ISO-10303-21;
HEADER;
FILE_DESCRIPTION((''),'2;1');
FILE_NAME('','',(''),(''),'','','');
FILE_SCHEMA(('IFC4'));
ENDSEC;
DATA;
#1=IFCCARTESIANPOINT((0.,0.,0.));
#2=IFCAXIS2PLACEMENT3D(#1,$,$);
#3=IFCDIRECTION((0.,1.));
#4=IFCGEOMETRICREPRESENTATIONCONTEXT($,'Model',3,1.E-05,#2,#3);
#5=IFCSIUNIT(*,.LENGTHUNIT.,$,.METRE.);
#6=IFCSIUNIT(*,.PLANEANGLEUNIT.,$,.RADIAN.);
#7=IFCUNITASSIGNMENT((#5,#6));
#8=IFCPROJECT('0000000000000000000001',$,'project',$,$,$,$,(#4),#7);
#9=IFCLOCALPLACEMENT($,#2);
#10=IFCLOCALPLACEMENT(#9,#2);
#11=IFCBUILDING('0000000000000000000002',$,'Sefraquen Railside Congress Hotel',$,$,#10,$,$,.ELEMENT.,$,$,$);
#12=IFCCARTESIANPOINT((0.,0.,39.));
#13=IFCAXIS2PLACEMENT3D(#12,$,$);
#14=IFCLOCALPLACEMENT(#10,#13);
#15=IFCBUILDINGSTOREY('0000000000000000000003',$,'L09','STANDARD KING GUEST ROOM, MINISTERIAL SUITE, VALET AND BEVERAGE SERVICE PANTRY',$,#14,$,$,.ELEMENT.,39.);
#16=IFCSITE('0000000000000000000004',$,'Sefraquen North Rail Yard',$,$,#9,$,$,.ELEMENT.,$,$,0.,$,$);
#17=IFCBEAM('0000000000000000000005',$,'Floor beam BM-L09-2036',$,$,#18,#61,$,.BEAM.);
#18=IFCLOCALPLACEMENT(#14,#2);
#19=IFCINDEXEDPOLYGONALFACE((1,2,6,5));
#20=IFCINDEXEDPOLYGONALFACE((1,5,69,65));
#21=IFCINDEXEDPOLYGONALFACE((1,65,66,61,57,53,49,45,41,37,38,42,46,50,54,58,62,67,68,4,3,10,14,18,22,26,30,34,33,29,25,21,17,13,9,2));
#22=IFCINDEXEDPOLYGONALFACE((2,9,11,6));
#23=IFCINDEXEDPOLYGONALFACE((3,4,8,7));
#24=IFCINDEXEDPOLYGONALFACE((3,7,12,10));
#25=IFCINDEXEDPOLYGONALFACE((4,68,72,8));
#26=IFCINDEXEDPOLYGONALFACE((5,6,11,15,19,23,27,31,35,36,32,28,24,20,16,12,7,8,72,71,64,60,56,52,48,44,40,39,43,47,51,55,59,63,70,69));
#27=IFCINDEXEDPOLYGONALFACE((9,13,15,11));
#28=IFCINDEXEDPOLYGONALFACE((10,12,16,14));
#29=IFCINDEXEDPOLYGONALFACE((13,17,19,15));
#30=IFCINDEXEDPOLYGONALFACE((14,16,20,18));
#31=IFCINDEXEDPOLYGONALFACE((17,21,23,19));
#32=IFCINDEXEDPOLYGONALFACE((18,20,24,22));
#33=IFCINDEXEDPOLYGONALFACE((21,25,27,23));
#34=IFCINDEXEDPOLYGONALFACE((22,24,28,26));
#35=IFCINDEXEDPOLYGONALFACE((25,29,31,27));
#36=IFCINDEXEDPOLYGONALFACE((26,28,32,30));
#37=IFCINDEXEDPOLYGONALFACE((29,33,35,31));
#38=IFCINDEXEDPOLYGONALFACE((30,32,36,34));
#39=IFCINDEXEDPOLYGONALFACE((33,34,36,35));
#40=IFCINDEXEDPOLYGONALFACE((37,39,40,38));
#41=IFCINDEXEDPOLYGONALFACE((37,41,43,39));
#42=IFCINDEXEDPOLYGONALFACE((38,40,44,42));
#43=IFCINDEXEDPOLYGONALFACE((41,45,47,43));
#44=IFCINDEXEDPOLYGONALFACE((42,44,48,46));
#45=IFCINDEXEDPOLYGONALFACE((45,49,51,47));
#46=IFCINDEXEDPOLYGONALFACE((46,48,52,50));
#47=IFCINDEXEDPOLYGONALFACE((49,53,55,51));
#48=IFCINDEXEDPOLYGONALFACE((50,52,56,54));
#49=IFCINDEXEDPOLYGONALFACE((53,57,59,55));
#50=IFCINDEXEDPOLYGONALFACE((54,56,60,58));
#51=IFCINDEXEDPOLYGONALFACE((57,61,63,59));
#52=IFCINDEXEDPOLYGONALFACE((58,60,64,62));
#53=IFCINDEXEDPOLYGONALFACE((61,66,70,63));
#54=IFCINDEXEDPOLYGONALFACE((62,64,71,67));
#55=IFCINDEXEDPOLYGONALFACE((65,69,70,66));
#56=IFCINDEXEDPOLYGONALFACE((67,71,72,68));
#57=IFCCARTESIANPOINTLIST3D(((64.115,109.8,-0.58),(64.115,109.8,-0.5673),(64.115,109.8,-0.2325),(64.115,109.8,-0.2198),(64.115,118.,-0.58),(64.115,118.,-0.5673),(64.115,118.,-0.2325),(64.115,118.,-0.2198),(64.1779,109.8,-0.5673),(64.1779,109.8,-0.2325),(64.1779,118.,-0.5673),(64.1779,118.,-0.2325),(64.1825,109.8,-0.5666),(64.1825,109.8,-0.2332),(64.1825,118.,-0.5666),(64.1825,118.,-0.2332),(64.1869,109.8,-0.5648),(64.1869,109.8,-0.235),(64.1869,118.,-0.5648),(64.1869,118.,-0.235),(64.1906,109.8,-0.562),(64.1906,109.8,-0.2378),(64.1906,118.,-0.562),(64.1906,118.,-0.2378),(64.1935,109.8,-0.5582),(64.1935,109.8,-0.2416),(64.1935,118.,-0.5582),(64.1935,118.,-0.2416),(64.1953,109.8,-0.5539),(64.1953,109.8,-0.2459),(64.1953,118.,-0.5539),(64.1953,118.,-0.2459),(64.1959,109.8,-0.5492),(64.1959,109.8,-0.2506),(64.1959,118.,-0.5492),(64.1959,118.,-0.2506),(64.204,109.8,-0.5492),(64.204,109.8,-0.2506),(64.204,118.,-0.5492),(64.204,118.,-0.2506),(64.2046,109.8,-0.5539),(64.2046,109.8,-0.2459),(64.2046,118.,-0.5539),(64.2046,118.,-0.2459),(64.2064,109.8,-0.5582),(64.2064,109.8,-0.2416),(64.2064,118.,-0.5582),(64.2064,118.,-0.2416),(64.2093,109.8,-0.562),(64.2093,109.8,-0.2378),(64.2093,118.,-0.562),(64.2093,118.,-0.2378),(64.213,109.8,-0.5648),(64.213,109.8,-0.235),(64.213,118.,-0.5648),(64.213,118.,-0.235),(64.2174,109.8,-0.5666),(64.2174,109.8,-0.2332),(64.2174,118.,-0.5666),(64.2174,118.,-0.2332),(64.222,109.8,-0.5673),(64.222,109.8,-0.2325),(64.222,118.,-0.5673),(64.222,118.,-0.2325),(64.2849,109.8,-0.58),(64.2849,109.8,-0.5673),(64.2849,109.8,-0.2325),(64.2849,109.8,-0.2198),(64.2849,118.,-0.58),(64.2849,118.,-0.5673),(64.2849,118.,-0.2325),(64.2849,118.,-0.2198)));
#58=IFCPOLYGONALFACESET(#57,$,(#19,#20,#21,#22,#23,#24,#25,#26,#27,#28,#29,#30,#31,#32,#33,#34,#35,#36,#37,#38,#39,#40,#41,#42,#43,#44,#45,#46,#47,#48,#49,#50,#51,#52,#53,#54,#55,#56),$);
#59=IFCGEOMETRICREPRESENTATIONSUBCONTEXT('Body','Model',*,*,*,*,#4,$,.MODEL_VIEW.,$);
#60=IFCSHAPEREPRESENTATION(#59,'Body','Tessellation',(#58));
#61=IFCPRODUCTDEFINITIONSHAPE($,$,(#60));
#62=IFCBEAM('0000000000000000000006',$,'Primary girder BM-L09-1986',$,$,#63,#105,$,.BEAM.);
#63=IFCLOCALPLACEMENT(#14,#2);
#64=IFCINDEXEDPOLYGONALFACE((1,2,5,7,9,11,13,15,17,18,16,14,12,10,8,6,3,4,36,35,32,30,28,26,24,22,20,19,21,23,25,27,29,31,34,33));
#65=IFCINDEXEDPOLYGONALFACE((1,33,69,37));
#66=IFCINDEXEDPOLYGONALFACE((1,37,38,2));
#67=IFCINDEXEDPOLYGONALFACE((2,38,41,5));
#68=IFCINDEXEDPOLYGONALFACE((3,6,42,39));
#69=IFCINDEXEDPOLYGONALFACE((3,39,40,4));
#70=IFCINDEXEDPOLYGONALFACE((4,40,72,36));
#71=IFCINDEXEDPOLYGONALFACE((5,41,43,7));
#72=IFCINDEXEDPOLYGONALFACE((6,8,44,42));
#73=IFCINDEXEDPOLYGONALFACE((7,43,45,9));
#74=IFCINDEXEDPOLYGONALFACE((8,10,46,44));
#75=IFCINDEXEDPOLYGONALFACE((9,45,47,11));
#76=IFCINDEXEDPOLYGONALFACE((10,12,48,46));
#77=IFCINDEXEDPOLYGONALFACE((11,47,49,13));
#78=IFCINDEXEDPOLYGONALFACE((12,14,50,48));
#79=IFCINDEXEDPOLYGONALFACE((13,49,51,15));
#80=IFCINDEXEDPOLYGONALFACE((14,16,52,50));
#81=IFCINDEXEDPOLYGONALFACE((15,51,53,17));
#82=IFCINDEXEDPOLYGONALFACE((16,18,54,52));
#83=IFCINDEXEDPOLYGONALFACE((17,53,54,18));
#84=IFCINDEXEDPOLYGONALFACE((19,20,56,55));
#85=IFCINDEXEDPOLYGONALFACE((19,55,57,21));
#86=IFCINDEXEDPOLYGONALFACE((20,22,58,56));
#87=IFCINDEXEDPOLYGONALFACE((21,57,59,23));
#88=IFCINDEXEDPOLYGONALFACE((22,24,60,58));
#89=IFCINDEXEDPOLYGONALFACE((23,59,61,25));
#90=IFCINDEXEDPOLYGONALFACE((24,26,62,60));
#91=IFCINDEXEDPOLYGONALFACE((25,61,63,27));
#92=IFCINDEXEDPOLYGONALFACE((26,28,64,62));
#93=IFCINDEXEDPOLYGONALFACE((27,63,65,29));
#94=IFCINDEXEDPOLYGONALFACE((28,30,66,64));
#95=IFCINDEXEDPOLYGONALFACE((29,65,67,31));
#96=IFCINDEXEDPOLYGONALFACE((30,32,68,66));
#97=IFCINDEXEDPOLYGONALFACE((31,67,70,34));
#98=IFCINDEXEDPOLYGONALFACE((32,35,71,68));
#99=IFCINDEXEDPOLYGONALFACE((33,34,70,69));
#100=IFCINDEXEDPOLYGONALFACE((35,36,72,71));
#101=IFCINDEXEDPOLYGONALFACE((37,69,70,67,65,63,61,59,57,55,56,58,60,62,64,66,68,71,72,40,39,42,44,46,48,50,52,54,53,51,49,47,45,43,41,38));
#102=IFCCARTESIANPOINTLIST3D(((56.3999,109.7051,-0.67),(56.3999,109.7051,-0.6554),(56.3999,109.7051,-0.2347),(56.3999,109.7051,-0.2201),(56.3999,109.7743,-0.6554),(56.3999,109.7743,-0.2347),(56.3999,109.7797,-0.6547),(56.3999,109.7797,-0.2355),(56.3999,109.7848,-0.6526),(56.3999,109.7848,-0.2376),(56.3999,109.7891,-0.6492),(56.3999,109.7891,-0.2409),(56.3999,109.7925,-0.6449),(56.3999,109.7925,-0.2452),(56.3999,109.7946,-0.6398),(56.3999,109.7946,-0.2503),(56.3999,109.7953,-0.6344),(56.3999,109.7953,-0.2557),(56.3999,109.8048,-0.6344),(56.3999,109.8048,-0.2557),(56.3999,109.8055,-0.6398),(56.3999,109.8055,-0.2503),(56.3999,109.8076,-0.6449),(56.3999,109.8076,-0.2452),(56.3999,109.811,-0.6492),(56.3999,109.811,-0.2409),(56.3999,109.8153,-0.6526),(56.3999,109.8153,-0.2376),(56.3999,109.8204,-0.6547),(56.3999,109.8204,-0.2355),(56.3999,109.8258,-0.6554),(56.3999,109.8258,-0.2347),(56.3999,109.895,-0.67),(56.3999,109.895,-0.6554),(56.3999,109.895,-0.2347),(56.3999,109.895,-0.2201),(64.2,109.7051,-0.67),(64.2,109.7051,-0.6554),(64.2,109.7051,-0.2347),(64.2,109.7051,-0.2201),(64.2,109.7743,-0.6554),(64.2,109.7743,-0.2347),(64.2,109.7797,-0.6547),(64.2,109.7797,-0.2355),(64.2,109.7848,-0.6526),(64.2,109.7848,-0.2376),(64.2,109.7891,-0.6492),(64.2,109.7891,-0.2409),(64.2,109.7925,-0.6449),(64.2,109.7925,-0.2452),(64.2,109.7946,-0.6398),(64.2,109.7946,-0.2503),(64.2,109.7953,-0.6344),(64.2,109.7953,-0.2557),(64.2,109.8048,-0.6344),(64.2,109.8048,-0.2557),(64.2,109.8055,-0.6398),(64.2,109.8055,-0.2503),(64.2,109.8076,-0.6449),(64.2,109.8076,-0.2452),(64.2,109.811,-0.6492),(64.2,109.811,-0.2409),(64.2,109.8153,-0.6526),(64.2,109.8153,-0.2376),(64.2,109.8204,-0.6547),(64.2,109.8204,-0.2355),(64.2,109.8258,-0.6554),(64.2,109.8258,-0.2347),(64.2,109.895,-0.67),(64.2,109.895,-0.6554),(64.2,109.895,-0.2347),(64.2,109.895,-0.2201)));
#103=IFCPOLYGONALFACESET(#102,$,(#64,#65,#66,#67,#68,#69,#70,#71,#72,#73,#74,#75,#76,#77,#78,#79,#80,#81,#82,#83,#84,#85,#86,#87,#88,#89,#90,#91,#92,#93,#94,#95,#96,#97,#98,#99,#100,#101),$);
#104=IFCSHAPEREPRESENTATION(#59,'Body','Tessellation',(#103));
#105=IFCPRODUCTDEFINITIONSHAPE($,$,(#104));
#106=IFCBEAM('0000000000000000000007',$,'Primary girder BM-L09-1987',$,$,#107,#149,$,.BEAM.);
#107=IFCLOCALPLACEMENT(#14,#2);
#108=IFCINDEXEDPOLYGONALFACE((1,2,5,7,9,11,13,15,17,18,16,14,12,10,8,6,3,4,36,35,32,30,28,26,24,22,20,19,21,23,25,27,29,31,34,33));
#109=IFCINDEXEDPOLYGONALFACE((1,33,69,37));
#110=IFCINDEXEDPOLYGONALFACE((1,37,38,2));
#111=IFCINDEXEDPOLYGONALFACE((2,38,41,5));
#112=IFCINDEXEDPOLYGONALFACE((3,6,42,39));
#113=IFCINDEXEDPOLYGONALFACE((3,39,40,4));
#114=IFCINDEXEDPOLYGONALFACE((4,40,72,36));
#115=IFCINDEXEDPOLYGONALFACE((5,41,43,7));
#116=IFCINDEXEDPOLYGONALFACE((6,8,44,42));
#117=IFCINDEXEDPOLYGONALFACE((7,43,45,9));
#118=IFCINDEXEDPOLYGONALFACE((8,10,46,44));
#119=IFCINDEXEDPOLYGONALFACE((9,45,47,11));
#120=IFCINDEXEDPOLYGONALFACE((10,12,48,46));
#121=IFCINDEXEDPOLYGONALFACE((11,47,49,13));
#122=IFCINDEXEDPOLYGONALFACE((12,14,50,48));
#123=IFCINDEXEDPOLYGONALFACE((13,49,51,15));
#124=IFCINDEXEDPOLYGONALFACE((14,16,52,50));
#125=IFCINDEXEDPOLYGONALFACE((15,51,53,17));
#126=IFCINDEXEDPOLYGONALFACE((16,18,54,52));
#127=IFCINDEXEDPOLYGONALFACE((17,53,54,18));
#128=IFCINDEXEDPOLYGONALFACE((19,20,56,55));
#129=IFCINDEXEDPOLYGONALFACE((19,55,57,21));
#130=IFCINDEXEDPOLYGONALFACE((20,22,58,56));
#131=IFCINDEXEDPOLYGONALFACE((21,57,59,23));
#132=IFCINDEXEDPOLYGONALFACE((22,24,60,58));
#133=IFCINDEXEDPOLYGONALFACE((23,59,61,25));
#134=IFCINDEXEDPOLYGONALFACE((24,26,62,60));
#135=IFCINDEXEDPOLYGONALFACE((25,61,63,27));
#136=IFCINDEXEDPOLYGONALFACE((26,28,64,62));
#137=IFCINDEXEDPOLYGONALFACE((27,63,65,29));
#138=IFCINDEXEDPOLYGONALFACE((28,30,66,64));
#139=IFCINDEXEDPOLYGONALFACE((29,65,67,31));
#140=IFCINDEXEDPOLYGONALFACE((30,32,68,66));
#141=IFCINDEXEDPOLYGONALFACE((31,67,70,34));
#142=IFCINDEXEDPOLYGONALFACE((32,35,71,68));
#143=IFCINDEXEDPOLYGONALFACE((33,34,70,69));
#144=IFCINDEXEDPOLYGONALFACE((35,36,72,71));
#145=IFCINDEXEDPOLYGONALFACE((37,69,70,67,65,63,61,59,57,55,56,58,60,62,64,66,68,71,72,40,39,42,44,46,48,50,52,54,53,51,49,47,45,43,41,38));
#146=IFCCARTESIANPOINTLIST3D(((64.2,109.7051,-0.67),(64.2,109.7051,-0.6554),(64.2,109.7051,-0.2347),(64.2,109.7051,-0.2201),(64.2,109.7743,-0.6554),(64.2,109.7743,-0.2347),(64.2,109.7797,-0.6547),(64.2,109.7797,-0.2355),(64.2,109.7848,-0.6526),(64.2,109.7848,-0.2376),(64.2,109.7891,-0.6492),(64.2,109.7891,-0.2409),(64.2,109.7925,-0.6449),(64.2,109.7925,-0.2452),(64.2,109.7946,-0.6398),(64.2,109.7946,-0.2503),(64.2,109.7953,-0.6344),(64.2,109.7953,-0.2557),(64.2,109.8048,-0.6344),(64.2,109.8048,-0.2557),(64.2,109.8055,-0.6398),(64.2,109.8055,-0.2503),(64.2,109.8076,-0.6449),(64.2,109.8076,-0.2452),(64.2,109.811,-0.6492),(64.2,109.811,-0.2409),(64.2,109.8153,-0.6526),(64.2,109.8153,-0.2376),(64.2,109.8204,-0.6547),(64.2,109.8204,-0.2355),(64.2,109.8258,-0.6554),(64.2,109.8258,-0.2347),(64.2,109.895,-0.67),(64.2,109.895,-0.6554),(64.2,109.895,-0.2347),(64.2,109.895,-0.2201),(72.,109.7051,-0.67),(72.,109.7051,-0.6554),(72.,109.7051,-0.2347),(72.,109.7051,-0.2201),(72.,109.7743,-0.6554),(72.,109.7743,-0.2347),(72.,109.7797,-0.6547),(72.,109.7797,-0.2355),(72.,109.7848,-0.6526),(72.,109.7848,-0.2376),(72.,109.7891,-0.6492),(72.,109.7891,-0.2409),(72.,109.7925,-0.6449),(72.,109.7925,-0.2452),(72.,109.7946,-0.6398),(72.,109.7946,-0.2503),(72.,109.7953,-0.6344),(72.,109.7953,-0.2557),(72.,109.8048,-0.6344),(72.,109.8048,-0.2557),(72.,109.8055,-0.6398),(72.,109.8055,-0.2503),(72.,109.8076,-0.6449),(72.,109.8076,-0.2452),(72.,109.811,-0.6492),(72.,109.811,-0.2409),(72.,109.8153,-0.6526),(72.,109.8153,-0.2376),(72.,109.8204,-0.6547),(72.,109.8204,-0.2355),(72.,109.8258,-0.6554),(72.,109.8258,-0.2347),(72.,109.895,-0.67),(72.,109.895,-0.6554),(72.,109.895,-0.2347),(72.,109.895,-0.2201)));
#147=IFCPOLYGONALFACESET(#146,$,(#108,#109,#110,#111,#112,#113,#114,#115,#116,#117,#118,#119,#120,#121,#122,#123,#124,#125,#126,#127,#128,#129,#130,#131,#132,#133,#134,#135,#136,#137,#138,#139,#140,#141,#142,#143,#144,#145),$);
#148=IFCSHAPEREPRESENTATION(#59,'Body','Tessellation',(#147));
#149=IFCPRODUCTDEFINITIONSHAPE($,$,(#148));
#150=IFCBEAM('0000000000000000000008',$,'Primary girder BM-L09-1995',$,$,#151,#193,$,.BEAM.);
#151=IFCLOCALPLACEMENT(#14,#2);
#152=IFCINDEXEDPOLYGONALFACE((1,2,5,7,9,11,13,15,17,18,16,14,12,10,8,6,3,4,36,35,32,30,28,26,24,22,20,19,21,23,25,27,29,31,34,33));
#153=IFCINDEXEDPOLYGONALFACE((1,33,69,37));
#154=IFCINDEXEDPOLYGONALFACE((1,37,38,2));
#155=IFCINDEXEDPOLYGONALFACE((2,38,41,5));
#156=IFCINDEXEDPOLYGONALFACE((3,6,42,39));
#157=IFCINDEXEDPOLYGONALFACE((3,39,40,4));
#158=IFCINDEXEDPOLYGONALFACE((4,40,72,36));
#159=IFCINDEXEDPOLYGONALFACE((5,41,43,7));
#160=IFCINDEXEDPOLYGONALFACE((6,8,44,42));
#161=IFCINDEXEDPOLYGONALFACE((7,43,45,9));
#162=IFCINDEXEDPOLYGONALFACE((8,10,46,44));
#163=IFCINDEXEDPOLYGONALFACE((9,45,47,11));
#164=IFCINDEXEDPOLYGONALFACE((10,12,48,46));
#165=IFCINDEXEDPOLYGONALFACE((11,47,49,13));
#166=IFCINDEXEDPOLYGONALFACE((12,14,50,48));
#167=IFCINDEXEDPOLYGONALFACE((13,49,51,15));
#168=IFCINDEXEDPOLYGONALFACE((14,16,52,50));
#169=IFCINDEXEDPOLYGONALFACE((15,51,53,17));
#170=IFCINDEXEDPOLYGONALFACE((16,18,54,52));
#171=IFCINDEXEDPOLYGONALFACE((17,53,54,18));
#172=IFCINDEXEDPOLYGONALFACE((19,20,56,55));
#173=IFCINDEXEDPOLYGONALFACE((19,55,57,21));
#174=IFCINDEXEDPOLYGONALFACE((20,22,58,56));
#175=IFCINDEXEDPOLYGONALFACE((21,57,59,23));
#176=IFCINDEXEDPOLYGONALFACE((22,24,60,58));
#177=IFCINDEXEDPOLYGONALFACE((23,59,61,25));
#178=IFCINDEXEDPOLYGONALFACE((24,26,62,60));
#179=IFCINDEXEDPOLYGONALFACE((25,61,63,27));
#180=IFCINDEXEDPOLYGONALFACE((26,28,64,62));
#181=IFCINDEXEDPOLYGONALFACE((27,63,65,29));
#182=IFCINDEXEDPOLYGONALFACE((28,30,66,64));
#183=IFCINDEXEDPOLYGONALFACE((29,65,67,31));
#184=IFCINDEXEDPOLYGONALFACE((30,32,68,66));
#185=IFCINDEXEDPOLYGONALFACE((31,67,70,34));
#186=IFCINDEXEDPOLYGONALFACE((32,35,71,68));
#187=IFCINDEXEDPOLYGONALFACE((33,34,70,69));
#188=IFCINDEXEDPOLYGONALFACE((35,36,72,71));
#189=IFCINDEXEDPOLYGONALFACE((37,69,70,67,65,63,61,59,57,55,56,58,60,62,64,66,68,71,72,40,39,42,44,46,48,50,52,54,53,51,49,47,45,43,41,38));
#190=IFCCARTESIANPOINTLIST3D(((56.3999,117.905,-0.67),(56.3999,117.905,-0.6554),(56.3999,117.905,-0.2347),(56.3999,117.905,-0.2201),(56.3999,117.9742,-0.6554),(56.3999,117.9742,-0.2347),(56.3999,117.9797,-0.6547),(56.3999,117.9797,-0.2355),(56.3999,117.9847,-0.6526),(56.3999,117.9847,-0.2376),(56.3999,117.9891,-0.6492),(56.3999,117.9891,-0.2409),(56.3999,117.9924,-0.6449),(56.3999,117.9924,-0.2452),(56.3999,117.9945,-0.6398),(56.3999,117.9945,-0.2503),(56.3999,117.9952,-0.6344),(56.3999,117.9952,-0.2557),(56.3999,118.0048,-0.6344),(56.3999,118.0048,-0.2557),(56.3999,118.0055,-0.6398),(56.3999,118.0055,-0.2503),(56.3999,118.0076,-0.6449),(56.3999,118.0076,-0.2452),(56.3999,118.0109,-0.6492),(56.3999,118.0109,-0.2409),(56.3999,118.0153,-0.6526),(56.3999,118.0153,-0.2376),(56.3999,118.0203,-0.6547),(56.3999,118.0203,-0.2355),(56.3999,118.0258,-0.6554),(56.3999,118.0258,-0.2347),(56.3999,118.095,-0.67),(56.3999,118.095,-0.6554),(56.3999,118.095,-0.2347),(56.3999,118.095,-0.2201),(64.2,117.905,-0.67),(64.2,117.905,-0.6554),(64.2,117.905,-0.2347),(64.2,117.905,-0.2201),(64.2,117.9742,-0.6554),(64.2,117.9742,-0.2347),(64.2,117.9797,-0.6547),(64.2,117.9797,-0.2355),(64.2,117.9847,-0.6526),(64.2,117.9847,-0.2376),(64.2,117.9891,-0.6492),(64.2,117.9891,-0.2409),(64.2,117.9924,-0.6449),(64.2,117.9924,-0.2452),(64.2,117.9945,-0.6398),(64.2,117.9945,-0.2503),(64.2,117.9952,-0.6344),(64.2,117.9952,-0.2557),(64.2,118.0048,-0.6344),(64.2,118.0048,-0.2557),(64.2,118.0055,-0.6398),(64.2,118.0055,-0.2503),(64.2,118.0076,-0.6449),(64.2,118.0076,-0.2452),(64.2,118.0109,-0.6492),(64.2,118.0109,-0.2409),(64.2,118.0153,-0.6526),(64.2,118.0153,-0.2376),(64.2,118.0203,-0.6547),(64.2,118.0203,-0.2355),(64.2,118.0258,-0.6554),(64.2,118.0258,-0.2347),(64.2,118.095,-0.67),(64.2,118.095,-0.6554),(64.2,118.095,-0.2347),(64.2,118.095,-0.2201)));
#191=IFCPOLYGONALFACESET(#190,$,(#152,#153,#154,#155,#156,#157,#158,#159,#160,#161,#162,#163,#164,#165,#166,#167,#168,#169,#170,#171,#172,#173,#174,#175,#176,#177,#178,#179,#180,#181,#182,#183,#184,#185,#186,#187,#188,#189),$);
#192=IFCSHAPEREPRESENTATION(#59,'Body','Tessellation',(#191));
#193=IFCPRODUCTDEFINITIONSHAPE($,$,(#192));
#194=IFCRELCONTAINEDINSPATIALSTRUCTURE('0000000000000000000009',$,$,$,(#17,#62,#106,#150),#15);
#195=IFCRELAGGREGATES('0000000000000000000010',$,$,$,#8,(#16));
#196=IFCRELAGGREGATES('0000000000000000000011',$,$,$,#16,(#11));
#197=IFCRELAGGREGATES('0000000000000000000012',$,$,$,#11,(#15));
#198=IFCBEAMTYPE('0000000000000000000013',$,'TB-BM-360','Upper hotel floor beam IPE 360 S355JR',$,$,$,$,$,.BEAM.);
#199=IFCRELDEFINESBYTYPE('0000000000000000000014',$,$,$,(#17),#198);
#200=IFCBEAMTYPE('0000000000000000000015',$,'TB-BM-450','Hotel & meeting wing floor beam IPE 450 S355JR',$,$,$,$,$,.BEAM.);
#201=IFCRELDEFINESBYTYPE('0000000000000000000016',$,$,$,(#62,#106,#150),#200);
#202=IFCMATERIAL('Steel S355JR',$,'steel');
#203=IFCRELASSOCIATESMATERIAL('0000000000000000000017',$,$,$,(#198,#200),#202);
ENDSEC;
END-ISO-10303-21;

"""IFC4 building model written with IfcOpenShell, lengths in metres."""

from ifc_helpers import new_model, si_unit, direction, frame, origin, origin_2d, place, context, subcontext, project, spatial, i_section, extrude, material, material_profile, profile_set, type_object, element, save


model = new_model("IFC4")

# Units and contexts
model_context = context("Model", 3, precision=1e-05, world=origin(), true_north=direction((0.0, 1.0)))
body_context = subcontext(model_context, "Body", "Model", "MODEL_VIEW")
ifc_project = project(units=[si_unit("LENGTHUNIT", "METRE"), si_unit("PLANEANGLEUNIT", "RADIAN")], contexts=[model_context])

# Site, building, storey
site_placement = place(None, origin())
site = spatial("IfcSite", under=ifc_project, at=site_placement, Name="Sefraquen North Rail Yard", CompositionType="ELEMENT", RefElevation=0.0)
building_placement = place(site_placement, origin())
building = spatial("IfcBuilding", under=site, at=building_placement, Name="Sefraquen Railside Congress Hotel", CompositionType="ELEMENT")
storey_placement = place(building_placement, frame((0.0, 0.0, 39.0)))
storey = spatial("IfcBuildingStorey", under=building, at=storey_placement, Name="L09", Description="STANDARD KING GUEST ROOM, MINISTERIAL SUITE, VALET AND BEVERAGE SERVICE PANTRY", CompositionType="ELEMENT", Elevation=39.0)

# Shared definitions
ifc_material_1 = material(Name="Steel S355JR", Category="steel")

# Beams
ifc_material_profile_1 = material_profile(ifc_material_1, i_section(OverallWidth=0.1699, OverallDepth=0.3601, WebThickness=0.0081, FlangeThickness=0.0127, FilletRadius=0.0181, at=origin_2d()), Name="IPE 360")
ifc_profile_set_1 = profile_set([ifc_material_profile_1], Name="Steel S355JR")
beam_type_1 = type_object("IfcBeamType", Name="TB-BM-360", Description="Upper hotel floor beam IPE 360 S355JR", PredefinedType="BEAM", material=ifc_profile_set_1)
for number, where, z_axis, x_axis, name in (
    (1, (64.2, 109.8, -0.3999), (0.0, 1.0, 0.0), (-1.0, 0.0, 0.0), "Floor beam BM-L09-2036"),
):
    element("IfcBeam", number, at=place(storey_placement, frame(where, z_axis=z_axis, x_axis=x_axis)), inside=storey, type_object=beam_type_1, Name=name, PredefinedType="BEAM", context=body_context, shape_type="SweptSolid", body=[
        extrude(i_section(OverallWidth=0.1699, OverallDepth=0.3601, WebThickness=0.0081, FlangeThickness=0.0127, FilletRadius=0.0181, at=origin_2d()), origin(), (0.0, 0.0, 1.0), 8.2),
    ])
ifc_material_profile_2 = material_profile(ifc_material_1, i_section(OverallWidth=0.1899, OverallDepth=0.45, WebThickness=0.0095, FlangeThickness=0.0146, FilletRadius=0.021, at=origin_2d()), Name="IPE 450")
ifc_profile_set_2 = profile_set([ifc_material_profile_2], Name="Steel S355JR")
beam_type_2 = type_object("IfcBeamType", Name="TB-BM-450", Description="Hotel & meeting wing floor beam IPE 450 S355JR", PredefinedType="BEAM", material=ifc_profile_set_2)
for number, where, z_axis, x_axis, name in (
    (2, (56.3999, 109.8, -0.4451), (1.0, 0.0, 0.0), (0.0, 1.0, 0.0), "Primary girder BM-L09-1986"),
    (3, (64.2, 109.8, -0.4451), (1.0, 0.0, 0.0), (0.0, 1.0, 0.0), "Primary girder BM-L09-1987"),
    (4, (56.3999, 118.0, -0.4451), (1.0, 0.0, 0.0), (0.0, 1.0, 0.0), "Primary girder BM-L09-1995"),
):
    element("IfcBeam", number, at=place(storey_placement, frame(where, z_axis=z_axis, x_axis=x_axis)), inside=storey, type_object=beam_type_2, Name=name, PredefinedType="BEAM", context=body_context, shape_type="SweptSolid", body=[
        extrude(i_section(OverallWidth=0.1899, OverallDepth=0.45, WebThickness=0.0095, FlangeThickness=0.0146, FilletRadius=0.021, at=origin_2d()), origin(), (0.0, 0.0, 1.0), 7.8),
    ])

save(model, "model.ifc")
